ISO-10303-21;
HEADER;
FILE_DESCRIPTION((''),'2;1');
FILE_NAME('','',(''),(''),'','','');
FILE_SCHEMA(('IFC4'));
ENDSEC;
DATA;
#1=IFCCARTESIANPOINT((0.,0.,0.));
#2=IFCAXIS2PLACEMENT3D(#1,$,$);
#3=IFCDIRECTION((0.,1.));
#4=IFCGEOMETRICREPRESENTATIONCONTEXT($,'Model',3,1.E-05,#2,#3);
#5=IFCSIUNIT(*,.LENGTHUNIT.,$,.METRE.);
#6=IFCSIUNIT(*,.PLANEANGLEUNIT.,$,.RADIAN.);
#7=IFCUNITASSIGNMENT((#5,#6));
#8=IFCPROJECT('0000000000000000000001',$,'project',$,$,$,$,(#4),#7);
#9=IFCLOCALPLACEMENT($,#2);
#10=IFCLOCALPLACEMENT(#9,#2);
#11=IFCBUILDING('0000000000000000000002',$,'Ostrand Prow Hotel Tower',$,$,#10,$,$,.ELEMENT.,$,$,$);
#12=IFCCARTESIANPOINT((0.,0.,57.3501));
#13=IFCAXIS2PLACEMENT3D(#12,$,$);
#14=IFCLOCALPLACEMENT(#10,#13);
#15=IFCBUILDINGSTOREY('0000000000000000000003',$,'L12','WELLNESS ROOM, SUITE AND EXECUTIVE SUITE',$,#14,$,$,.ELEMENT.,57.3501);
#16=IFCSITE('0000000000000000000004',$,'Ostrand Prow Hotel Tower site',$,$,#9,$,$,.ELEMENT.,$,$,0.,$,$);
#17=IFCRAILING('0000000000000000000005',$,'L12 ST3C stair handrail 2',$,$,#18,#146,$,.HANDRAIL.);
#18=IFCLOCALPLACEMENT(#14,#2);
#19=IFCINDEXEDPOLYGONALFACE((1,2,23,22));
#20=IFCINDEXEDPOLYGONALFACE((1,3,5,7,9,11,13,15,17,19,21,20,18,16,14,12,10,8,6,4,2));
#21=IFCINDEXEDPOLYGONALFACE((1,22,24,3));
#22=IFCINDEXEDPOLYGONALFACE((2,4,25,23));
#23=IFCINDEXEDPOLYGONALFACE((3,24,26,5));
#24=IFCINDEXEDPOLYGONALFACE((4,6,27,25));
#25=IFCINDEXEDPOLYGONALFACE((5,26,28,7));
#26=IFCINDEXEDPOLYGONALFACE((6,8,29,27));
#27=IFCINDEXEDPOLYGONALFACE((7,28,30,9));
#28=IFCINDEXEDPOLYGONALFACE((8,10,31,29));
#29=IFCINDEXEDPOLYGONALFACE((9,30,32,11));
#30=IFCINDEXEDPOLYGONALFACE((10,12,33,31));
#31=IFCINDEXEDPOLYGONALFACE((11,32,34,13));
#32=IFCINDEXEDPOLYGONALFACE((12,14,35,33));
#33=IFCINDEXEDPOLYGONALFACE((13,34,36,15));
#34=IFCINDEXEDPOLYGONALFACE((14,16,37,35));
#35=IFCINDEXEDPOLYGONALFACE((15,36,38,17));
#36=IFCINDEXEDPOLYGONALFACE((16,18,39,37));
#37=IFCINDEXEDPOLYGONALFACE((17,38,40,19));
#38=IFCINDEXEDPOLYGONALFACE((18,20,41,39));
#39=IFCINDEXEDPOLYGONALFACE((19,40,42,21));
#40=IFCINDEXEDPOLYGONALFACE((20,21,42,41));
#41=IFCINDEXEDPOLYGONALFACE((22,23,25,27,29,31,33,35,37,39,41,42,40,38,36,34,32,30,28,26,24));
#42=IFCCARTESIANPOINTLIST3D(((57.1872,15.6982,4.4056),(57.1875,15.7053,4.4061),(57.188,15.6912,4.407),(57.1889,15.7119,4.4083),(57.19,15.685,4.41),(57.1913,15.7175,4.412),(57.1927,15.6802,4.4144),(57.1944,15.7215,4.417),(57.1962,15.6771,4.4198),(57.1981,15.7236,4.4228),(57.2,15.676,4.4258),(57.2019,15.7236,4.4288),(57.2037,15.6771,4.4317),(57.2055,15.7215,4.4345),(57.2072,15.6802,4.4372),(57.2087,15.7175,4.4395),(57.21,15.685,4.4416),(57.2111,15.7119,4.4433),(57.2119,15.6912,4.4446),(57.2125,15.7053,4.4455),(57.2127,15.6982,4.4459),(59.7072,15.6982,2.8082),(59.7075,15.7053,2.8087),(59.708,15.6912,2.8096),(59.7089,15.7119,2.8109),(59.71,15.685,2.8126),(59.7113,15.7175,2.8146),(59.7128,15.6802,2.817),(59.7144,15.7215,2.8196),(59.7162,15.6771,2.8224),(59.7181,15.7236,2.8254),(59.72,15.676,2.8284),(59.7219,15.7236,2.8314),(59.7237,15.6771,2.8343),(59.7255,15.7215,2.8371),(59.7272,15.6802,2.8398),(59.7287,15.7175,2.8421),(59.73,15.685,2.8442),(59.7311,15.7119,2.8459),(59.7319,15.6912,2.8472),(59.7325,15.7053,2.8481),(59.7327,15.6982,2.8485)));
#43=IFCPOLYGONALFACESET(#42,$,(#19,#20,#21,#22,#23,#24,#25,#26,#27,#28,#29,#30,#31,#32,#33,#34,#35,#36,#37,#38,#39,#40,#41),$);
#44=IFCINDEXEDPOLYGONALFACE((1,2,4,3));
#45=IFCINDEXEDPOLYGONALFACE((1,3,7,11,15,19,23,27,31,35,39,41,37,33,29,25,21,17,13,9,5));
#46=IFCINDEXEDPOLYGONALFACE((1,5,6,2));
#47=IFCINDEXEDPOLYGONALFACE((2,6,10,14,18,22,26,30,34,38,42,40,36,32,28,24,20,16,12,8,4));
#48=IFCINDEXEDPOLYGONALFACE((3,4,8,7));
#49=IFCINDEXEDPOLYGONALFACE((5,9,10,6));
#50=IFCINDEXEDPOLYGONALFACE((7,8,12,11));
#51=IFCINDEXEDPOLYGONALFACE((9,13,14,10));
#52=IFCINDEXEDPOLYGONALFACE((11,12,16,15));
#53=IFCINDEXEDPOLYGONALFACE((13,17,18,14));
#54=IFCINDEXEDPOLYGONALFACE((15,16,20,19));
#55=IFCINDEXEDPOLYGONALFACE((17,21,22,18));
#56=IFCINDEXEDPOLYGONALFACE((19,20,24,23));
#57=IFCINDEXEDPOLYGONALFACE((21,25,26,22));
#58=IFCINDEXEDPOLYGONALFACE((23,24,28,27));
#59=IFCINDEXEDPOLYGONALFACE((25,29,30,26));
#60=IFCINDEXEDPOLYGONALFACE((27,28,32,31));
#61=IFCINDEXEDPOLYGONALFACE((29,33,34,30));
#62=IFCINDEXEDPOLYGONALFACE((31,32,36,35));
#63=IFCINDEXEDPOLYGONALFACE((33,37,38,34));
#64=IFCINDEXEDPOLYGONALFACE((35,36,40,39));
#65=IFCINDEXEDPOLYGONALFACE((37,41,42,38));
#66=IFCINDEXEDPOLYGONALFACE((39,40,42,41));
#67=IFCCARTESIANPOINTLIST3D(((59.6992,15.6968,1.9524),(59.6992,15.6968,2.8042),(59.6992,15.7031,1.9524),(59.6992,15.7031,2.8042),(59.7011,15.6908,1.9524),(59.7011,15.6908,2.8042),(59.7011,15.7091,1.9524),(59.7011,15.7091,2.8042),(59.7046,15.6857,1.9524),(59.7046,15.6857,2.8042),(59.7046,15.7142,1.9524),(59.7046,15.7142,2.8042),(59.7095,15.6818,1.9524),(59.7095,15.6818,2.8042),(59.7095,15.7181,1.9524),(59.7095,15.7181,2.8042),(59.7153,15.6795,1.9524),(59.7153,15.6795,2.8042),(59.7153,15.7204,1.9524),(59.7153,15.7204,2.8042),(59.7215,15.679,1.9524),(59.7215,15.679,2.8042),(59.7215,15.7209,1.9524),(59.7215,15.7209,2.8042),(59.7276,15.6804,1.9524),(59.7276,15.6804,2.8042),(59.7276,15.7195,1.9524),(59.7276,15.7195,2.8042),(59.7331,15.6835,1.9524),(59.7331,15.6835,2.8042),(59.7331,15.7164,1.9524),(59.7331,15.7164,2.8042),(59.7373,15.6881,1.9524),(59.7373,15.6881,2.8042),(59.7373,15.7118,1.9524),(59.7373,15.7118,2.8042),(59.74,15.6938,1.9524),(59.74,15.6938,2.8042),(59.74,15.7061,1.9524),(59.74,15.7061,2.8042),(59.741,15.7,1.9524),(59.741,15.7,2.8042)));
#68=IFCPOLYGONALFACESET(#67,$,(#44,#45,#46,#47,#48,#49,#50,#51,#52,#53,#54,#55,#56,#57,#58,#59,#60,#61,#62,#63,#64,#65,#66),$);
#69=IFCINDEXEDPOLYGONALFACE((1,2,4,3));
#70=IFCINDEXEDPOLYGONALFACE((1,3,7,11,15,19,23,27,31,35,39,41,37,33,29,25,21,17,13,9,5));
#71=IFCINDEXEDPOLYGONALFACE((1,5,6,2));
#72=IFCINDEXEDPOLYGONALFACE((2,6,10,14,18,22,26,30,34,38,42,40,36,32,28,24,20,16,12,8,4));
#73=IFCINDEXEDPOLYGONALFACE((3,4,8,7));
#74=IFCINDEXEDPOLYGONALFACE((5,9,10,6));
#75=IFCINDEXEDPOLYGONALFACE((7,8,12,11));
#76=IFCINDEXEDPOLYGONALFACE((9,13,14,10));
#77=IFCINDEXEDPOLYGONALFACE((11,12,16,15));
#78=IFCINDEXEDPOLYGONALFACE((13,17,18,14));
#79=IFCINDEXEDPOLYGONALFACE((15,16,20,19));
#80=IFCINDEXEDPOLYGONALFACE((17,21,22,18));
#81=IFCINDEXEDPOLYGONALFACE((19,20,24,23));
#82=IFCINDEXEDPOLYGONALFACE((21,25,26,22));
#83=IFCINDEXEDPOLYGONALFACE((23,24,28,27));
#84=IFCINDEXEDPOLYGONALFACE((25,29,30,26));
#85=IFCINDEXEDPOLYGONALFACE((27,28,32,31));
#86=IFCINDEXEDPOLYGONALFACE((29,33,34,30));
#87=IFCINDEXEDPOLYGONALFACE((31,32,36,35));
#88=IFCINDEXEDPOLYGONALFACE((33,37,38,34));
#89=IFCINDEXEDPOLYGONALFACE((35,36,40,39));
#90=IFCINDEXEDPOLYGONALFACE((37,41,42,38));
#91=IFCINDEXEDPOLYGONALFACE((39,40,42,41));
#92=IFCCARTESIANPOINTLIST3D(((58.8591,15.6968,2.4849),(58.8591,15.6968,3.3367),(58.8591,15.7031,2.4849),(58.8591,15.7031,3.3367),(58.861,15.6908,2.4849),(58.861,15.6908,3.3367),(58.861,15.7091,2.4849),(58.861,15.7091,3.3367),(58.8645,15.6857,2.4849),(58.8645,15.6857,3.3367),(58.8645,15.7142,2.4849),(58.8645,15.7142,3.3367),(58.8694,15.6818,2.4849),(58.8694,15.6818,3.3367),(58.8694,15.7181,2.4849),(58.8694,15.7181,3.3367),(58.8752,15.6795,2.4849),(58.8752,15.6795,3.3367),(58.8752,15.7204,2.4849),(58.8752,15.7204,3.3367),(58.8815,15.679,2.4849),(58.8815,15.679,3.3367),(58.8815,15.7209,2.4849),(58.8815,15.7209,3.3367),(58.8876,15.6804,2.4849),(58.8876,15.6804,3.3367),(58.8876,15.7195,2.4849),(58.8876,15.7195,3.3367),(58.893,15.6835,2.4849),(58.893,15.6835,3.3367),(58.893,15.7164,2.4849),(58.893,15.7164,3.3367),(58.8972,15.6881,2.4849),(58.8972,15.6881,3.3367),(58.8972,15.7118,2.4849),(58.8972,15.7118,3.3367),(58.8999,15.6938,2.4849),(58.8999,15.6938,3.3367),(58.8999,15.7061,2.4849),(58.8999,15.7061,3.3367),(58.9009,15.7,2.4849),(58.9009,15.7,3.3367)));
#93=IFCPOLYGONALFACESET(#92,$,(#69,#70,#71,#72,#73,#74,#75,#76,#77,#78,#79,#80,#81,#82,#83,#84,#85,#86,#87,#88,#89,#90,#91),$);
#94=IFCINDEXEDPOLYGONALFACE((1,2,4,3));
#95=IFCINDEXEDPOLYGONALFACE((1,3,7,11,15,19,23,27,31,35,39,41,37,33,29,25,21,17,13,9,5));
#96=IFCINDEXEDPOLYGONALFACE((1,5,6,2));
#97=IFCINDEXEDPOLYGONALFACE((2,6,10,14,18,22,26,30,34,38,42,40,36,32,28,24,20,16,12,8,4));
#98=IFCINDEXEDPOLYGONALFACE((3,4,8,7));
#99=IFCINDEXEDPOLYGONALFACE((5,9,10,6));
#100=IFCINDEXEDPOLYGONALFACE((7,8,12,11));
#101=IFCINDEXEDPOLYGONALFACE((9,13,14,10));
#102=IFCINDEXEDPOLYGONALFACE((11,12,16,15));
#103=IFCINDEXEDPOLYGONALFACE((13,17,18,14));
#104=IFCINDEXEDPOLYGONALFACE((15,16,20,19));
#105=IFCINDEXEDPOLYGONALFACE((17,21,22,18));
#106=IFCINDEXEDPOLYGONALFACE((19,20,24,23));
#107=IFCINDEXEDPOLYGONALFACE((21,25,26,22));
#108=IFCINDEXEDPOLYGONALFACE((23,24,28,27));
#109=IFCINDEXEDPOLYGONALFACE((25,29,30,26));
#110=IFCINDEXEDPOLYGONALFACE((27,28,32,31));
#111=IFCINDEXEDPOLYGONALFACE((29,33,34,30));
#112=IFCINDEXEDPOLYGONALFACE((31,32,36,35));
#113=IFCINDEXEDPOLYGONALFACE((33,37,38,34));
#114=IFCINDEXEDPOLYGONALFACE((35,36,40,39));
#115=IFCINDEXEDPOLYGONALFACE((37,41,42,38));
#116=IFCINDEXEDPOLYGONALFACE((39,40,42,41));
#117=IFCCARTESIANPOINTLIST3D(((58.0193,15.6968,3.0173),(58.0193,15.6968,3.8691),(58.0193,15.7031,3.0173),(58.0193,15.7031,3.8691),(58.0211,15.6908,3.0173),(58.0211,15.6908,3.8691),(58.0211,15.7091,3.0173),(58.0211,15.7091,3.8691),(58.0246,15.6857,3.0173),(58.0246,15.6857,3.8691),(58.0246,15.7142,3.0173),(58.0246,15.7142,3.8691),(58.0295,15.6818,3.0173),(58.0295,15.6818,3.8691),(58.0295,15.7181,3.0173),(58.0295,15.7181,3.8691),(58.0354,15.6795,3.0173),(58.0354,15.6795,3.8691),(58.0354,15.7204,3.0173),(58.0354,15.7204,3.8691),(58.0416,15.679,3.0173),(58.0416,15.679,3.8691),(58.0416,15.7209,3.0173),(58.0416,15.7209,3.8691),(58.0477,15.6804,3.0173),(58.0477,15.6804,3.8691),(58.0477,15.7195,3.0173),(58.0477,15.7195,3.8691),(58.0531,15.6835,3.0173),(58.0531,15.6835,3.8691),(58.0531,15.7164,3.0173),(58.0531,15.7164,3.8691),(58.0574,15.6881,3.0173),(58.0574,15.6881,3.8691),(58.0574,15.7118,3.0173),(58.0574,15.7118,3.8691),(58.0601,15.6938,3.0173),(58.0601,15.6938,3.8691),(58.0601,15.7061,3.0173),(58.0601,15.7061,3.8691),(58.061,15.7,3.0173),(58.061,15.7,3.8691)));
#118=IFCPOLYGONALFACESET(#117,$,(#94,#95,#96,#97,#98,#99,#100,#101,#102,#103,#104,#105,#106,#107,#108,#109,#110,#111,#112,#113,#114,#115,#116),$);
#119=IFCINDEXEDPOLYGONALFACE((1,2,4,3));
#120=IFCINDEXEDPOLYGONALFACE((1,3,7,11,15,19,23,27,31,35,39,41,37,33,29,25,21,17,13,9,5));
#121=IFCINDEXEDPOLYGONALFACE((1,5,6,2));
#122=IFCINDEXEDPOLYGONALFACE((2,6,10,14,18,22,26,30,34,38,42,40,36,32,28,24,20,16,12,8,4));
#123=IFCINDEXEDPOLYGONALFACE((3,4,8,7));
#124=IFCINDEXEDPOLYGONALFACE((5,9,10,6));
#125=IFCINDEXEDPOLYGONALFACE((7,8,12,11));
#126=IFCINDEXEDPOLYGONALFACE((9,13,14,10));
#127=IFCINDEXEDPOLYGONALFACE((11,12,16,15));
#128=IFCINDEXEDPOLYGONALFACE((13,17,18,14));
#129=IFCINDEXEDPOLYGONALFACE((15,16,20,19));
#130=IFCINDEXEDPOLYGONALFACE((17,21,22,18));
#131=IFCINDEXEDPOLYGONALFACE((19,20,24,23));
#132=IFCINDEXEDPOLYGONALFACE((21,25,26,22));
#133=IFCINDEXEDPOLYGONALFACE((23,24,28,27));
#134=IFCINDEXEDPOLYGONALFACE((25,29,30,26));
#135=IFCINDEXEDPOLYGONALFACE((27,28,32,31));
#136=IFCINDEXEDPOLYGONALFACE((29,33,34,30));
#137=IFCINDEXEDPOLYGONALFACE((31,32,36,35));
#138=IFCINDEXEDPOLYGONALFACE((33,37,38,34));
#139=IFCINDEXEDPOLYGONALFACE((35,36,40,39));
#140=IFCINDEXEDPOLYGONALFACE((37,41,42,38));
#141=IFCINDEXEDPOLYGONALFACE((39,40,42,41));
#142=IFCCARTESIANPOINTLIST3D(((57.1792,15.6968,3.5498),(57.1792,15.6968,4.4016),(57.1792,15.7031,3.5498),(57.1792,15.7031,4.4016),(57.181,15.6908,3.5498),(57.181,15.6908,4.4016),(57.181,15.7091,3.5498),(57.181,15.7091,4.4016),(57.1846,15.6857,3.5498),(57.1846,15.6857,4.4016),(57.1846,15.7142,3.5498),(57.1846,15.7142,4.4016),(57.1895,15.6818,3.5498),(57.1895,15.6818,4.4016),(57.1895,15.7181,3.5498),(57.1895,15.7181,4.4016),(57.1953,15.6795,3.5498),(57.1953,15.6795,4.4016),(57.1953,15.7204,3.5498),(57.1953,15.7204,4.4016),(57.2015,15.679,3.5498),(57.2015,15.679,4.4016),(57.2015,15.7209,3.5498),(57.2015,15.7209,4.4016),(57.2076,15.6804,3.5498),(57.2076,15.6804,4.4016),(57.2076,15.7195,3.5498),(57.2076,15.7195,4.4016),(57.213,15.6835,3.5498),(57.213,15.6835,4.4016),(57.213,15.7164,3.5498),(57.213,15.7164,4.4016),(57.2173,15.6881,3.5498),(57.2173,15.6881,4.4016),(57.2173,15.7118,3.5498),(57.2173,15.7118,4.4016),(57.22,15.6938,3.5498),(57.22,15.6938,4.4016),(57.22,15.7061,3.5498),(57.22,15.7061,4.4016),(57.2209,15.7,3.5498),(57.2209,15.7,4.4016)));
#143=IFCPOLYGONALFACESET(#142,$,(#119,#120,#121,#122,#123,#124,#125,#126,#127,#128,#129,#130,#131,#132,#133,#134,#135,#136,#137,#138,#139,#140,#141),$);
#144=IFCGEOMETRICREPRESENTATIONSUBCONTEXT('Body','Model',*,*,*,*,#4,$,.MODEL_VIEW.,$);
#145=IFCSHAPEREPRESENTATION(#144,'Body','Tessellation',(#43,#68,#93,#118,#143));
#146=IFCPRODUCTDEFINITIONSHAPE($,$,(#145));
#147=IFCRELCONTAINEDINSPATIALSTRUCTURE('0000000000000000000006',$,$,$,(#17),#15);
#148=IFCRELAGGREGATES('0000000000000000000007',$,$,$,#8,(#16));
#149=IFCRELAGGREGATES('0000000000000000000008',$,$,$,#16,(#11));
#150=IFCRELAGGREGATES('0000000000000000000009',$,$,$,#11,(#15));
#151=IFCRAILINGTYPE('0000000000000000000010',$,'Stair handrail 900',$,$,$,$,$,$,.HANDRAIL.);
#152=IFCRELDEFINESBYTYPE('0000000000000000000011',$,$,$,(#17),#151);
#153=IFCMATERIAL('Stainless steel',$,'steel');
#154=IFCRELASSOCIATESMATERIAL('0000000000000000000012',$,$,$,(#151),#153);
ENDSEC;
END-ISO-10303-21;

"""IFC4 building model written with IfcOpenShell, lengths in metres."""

from ifc_helpers import new_model, si_unit, direction, frame, origin, origin_2d, place, context, subcontext, project, spatial, circle, extrude, material, type_object, element, save


model = new_model("IFC4")

# Units and contexts
model_context = context("Model", 3, precision=1e-05, world=origin(), true_north=direction((0.0, 1.0)))
body_context = subcontext(model_context, "Body", "Model", "MODEL_VIEW")
ifc_project = project(units=[si_unit("LENGTHUNIT", "METRE"), si_unit("PLANEANGLEUNIT", "RADIAN")], contexts=[model_context])

# Site, building, storey
site_placement = place(None, origin())
site = spatial("IfcSite", under=ifc_project, at=site_placement, Name="Ostrand Prow Hotel Tower site", CompositionType="ELEMENT", RefElevation=0.0)
building_placement = place(site_placement, origin())
building = spatial("IfcBuilding", under=site, at=building_placement, Name="Ostrand Prow Hotel Tower", CompositionType="ELEMENT")
storey_placement = place(building_placement, frame((0.0, 0.0, 57.3501)))
storey = spatial("IfcBuildingStorey", under=building, at=storey_placement, Name="L12", Description="WELLNESS ROOM, SUITE AND EXECUTIVE SUITE", CompositionType="ELEMENT", Elevation=57.3501)

# Railing
ifc_material_1 = material(Name="Stainless steel", Category="steel")
railing_type_1 = type_object("IfcRailingType", Name="Stair handrail 900", PredefinedType="HANDRAIL", material=ifc_material_1)
railing_1_placement = place(storey_placement, frame((59.72, 15.7, 1.9524)))
element("IfcRailing", 1, at=railing_1_placement, inside=storey, type_object=railing_type_1, Name="L12 ST3C stair handrail 2", PredefinedType="HANDRAIL", context=body_context, shape_type="SweptSolid", body=[
    extrude(circle(Radius=0.0239, at=origin_2d()), frame((0.0, 0.0, 0.876), z_axis=(-0.844607, 0.0, 0.535387), x_axis=(0.0, -1.0, 0.0)), (0.0, 0.0, 1.0), 2.9836),
    extrude(circle(Radius=0.021, at=origin_2d()), origin(), (0.0, 0.0, 1.0), 0.8518),
    extrude(circle(Radius=0.021, at=origin_2d()), frame((-0.8401, 0.0, 0.5325)), (0.0, 0.0, 1.0), 0.8518),
    extrude(circle(Radius=0.021, at=origin_2d()), frame((-1.6799, 0.0, 1.0649)), (0.0, 0.0, 1.0), 0.8518),
    extrude(circle(Radius=0.021, at=origin_2d()), frame((-2.52, 0.0, 1.5974)), (0.0, 0.0, 1.0), 0.8518),
])

save(model, "model.ifc")
